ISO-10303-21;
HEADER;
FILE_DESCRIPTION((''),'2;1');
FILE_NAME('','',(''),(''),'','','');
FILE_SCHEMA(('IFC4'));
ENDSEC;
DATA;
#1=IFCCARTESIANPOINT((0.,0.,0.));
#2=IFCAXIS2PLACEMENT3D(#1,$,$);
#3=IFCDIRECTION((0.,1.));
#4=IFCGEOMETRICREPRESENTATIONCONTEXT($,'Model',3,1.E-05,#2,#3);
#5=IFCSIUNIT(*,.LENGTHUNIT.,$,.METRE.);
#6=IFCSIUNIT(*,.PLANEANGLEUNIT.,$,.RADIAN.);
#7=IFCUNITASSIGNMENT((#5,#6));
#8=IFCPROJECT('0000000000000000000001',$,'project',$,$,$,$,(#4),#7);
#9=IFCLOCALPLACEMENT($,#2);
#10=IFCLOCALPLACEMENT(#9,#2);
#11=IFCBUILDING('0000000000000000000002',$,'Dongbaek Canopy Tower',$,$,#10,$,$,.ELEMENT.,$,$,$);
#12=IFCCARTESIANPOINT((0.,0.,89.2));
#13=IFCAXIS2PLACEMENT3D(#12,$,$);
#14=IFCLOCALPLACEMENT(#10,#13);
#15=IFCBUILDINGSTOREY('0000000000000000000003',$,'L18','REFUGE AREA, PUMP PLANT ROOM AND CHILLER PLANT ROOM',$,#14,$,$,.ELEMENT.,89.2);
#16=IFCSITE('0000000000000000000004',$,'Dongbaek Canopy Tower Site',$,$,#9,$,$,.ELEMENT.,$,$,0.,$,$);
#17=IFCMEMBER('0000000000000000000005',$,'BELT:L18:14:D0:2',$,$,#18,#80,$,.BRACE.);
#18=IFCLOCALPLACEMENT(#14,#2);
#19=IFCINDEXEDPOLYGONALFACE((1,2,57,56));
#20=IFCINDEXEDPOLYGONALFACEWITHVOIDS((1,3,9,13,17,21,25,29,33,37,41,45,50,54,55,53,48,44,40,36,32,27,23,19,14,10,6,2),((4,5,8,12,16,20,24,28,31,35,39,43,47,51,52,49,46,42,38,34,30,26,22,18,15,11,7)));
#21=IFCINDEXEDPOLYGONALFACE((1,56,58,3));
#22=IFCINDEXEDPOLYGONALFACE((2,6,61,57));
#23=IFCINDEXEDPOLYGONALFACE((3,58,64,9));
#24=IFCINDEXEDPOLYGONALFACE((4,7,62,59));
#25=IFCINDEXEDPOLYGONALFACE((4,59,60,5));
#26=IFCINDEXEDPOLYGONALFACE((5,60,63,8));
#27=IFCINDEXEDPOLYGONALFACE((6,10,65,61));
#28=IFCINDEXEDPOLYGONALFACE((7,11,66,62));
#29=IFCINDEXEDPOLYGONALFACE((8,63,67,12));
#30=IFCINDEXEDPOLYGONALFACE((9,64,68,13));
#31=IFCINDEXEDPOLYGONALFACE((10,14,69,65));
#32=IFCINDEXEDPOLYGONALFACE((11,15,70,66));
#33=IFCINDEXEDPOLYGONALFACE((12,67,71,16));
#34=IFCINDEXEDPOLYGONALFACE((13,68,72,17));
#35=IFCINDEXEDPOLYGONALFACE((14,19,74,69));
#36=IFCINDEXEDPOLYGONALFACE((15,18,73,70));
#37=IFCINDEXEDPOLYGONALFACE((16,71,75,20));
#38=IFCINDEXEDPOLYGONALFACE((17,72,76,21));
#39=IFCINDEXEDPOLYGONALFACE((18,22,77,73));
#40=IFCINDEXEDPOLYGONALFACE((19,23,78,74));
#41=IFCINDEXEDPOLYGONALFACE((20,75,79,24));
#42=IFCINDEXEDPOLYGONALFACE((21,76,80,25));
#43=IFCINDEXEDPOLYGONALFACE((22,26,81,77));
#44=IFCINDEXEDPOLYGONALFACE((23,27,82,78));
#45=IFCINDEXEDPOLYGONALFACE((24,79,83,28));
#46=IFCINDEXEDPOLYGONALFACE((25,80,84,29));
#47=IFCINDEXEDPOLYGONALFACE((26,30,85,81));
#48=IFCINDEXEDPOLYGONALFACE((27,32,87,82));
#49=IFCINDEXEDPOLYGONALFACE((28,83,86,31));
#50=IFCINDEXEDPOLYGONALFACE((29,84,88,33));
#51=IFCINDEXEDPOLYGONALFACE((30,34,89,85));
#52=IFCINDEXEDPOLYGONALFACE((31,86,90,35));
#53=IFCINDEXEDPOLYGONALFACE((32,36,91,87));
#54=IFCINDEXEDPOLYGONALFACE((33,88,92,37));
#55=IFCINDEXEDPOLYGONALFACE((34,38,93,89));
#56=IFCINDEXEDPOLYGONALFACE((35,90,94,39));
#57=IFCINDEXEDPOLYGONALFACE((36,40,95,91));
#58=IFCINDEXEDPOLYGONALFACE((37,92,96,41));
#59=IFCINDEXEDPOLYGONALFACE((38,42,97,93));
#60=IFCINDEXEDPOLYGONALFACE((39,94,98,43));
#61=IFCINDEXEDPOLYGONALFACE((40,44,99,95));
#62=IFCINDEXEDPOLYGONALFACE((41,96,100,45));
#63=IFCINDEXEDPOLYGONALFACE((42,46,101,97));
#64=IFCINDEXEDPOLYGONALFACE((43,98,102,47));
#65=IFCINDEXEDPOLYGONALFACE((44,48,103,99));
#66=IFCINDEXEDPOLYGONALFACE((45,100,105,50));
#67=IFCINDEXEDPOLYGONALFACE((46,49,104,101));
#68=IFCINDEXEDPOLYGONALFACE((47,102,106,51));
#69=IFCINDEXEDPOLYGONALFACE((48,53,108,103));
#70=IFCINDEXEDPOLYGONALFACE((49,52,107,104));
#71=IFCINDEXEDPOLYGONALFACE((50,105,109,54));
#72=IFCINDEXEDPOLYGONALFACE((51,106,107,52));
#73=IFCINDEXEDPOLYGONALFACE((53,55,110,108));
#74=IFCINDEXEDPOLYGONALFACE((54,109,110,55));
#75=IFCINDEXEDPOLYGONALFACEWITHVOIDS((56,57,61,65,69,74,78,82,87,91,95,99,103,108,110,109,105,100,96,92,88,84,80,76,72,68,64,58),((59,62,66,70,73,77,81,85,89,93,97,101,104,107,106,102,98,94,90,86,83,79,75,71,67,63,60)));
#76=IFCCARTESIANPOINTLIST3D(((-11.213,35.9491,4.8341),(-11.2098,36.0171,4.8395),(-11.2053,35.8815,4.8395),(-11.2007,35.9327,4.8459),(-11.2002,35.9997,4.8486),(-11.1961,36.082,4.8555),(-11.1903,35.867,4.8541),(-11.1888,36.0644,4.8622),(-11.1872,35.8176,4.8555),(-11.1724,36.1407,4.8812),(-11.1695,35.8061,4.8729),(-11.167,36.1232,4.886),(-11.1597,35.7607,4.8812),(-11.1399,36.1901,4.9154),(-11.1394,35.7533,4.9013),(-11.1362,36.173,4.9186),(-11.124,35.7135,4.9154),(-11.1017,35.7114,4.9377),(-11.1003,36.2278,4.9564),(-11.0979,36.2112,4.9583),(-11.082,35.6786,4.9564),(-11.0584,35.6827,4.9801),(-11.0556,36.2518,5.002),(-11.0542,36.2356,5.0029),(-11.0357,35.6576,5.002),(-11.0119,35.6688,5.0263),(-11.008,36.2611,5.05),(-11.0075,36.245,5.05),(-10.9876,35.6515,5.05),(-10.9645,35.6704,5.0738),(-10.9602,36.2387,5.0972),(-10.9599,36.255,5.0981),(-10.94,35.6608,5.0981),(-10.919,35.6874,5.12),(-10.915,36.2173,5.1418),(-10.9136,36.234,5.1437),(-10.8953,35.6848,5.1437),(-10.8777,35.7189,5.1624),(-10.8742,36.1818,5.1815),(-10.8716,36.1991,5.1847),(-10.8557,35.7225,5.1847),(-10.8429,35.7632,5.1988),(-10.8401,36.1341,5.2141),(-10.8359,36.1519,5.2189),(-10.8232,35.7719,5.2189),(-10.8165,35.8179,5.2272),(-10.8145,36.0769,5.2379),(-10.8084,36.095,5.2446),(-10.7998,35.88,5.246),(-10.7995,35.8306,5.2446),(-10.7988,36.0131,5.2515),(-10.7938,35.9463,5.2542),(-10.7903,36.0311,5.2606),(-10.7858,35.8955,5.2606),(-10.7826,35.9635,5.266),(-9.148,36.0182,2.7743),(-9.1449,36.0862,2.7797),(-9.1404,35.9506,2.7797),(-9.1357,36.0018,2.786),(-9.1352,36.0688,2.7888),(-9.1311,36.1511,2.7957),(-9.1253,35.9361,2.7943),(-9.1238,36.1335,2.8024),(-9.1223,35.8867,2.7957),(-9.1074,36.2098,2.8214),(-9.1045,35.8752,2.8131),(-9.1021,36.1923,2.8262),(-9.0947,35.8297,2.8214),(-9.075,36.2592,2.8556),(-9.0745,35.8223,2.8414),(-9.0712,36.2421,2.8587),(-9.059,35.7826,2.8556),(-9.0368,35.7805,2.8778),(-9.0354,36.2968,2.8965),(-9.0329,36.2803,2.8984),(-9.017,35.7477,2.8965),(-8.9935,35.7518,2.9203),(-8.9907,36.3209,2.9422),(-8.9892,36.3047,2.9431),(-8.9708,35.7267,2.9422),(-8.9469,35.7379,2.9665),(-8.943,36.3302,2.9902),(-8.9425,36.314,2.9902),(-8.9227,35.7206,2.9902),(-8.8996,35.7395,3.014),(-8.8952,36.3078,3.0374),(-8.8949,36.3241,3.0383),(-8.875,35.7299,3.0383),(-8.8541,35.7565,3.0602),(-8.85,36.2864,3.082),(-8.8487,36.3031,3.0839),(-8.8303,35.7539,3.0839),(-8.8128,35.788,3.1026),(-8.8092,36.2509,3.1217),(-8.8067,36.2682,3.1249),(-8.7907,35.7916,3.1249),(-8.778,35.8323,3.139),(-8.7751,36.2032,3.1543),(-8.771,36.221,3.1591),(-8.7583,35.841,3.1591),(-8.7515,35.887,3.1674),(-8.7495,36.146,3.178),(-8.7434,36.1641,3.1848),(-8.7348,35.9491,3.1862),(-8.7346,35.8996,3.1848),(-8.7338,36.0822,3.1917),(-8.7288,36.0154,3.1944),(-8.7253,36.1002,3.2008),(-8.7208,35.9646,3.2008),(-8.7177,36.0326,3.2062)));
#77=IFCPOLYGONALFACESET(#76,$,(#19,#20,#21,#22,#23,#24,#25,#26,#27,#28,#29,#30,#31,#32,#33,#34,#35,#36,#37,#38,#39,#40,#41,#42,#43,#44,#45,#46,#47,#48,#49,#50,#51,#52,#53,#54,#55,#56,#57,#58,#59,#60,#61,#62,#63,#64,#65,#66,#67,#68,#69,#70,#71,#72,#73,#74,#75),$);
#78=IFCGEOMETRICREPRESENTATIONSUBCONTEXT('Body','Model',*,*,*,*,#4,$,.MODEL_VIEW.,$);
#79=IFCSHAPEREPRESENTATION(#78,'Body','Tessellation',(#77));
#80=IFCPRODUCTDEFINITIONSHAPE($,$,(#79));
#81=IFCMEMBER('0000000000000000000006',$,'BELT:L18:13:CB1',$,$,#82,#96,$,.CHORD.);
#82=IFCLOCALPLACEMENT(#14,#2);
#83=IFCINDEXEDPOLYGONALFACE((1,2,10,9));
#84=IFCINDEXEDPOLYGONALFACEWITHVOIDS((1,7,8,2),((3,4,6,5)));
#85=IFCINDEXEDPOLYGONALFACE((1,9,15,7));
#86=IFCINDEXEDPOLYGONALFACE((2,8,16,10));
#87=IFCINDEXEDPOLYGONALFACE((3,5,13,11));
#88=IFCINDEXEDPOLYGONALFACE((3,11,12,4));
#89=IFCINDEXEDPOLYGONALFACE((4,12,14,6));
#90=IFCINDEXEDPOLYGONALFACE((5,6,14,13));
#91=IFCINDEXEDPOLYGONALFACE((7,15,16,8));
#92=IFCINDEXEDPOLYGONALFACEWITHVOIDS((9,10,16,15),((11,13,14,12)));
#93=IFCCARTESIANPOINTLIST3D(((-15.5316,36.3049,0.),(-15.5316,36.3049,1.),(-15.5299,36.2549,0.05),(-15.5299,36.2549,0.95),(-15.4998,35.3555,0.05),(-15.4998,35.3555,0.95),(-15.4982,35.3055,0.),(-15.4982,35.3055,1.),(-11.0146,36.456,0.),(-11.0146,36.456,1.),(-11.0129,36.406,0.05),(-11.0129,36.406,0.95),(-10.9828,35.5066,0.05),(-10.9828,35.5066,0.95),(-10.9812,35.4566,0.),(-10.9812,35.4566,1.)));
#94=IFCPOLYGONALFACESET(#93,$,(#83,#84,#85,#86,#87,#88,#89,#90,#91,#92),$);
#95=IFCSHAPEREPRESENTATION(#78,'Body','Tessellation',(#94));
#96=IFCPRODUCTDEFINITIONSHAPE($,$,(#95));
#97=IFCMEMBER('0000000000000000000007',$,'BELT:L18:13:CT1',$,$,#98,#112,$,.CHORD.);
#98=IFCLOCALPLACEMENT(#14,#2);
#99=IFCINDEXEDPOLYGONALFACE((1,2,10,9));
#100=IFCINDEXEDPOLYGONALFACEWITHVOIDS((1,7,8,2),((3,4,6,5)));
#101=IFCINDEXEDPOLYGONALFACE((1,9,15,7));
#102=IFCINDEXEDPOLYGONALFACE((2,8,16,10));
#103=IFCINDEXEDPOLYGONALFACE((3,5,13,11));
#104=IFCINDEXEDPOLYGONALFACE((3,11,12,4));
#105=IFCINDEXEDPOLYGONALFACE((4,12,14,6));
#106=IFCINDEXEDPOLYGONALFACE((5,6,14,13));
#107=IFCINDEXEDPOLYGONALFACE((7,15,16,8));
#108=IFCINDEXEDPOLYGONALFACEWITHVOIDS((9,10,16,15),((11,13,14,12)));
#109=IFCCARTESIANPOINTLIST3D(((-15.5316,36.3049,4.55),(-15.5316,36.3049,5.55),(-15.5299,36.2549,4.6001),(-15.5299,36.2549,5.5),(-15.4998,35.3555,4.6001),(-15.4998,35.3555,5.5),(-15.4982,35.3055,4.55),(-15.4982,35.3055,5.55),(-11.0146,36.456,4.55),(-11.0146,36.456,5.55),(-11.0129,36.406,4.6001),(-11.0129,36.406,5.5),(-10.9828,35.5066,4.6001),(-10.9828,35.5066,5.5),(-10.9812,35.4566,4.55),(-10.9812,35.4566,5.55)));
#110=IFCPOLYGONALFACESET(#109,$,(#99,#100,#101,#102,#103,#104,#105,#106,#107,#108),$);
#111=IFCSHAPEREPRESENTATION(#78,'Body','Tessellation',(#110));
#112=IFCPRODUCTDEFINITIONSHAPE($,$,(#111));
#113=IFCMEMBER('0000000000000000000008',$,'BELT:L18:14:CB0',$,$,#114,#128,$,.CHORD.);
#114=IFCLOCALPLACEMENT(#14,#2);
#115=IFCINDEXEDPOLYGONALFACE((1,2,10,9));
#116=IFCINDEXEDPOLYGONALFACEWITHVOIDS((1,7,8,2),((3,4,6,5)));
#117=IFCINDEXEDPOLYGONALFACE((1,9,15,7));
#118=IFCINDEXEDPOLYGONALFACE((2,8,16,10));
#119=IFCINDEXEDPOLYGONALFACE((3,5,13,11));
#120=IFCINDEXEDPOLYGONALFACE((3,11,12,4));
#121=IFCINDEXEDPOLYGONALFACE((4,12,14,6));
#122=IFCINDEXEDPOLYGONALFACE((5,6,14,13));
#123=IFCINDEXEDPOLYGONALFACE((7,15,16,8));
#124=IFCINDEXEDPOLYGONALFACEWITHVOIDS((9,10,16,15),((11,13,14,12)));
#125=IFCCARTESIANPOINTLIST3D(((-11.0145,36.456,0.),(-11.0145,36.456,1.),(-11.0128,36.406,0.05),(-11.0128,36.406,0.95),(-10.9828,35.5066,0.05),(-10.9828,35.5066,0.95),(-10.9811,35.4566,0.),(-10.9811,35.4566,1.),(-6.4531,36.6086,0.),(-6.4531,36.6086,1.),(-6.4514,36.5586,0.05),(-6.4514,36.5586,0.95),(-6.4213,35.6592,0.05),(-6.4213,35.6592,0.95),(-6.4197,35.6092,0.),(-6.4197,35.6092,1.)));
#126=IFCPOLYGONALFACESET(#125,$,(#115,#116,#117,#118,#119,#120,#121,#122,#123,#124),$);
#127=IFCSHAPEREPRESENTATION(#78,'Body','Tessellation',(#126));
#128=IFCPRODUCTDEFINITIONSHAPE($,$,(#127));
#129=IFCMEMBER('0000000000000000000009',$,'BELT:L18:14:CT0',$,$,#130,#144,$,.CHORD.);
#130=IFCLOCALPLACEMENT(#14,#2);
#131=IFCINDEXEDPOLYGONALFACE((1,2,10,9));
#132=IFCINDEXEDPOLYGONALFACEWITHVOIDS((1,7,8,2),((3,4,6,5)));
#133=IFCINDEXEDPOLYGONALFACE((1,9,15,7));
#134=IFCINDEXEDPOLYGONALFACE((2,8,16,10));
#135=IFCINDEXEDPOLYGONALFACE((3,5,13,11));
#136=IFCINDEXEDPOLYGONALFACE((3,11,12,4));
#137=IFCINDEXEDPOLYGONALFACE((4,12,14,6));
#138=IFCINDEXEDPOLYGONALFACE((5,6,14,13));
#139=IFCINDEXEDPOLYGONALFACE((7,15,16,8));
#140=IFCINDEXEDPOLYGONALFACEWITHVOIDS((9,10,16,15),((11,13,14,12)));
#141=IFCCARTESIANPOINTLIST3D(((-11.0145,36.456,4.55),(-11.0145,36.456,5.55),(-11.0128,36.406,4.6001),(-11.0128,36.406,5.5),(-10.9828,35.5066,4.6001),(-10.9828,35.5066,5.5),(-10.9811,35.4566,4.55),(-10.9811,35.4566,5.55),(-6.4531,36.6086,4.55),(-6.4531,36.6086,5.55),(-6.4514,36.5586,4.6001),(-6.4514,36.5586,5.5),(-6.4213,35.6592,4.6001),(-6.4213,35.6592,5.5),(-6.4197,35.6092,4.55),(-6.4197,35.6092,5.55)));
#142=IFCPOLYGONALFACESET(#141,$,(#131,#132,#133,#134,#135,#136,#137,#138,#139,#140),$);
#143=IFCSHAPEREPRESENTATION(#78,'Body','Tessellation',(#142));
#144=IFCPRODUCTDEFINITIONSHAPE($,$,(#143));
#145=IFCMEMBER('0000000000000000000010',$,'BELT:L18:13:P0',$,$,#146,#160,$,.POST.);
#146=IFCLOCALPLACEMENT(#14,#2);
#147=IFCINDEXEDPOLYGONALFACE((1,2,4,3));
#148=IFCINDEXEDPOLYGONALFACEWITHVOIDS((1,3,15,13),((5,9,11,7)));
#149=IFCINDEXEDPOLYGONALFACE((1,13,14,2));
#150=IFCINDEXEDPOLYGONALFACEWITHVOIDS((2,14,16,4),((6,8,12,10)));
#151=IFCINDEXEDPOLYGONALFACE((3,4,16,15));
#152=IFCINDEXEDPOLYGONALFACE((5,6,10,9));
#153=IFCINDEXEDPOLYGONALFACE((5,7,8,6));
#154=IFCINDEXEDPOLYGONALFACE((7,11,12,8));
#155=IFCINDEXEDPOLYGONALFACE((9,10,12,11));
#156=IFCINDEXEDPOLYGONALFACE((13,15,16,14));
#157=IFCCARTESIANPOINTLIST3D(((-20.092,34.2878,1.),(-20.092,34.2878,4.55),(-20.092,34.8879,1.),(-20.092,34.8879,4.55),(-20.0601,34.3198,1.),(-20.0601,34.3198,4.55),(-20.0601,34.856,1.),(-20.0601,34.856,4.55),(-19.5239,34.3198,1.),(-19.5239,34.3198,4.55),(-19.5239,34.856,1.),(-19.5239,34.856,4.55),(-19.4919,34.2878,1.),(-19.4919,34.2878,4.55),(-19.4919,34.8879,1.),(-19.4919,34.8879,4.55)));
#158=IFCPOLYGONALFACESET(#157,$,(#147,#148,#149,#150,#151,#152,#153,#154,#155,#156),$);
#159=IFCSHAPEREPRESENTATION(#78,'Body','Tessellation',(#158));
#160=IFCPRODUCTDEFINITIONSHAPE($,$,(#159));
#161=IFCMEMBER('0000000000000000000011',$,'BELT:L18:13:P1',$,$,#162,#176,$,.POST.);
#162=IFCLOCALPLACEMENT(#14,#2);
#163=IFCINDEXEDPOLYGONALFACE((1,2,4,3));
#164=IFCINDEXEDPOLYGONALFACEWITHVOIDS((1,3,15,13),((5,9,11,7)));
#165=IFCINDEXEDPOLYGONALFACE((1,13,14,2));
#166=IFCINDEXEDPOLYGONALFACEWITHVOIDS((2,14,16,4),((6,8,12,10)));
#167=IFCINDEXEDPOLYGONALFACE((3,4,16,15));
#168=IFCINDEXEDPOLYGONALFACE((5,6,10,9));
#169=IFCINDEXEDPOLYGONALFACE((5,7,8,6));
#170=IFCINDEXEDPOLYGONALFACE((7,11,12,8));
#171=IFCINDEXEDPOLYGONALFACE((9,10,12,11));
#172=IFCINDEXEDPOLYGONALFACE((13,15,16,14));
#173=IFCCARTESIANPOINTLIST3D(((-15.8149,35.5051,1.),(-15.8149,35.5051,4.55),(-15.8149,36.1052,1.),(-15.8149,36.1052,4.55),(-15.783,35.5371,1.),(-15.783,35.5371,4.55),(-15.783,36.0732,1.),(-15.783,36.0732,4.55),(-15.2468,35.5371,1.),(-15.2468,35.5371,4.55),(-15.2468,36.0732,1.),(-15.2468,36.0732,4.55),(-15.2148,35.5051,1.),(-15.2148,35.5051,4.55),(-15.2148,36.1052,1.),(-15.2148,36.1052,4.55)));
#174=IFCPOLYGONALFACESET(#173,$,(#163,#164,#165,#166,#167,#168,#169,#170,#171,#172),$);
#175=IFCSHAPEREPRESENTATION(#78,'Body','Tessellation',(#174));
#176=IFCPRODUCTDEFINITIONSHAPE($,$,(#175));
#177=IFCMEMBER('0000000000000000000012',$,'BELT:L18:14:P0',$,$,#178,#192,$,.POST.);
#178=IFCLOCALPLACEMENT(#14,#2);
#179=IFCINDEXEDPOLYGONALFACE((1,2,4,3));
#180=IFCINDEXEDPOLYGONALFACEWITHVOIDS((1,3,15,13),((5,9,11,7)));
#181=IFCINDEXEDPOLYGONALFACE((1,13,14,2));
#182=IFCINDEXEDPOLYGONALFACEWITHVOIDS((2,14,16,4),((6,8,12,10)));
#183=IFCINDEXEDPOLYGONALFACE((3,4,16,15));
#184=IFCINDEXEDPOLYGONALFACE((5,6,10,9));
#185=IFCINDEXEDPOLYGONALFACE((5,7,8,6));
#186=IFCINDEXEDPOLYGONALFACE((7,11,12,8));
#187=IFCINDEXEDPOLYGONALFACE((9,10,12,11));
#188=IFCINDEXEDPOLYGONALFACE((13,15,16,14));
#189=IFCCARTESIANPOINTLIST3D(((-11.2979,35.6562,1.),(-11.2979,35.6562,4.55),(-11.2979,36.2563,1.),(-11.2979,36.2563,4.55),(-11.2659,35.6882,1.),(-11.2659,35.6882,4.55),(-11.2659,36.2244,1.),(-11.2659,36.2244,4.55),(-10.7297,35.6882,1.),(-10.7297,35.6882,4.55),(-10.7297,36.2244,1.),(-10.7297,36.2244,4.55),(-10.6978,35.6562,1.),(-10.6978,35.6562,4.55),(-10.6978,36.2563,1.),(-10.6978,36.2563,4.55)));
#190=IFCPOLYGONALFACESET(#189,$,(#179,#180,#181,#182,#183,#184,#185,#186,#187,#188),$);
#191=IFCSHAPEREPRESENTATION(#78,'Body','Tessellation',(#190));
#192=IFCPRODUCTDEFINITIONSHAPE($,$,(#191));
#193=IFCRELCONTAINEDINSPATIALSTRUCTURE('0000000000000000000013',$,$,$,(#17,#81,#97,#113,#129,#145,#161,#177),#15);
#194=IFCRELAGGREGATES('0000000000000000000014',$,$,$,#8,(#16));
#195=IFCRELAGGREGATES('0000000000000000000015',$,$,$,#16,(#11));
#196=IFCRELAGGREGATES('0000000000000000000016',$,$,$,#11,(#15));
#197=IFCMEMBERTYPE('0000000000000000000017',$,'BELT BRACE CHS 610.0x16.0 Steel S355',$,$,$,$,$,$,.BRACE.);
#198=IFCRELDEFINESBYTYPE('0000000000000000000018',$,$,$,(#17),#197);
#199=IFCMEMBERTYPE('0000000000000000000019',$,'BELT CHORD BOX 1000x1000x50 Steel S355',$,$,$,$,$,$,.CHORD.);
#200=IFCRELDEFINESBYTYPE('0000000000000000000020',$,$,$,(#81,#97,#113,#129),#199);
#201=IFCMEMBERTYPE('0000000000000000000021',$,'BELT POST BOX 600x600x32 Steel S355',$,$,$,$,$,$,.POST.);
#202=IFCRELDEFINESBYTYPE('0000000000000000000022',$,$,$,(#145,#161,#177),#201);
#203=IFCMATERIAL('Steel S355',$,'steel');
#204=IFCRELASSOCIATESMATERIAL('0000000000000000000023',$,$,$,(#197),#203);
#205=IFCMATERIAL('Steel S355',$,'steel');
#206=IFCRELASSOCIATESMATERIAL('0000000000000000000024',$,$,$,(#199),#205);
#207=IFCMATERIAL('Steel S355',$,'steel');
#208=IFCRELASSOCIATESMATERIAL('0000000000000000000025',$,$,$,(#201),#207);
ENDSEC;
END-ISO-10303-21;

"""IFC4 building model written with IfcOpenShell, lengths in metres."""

from ifc_helpers import new_model, si_unit, direction, frame, origin, origin_2d, place, context, subcontext, project, spatial, hollow_rectangle, hollow_circle, extrude, material, material_profile, profile_set, type_object, element, save


model = new_model("IFC4")

# Units and contexts
model_context = context("Model", 3, precision=1e-05, world=origin(), true_north=direction((0.0, 1.0)))
body_context = subcontext(model_context, "Body", "Model", "MODEL_VIEW")
ifc_project = project(units=[si_unit("LENGTHUNIT", "METRE"), si_unit("PLANEANGLEUNIT", "RADIAN")], contexts=[model_context])

# Site, building, storey
site_placement = place(None, origin())
site = spatial("IfcSite", under=ifc_project, at=site_placement, Name="Dongbaek Canopy Tower Site", CompositionType="ELEMENT", RefElevation=0.0)
building_placement = place(site_placement, origin())
building = spatial("IfcBuilding", under=site, at=building_placement, Name="Dongbaek Canopy Tower", CompositionType="ELEMENT")
storey_placement = place(building_placement, frame((0.0, 0.0, 89.2)))
storey = spatial("IfcBuildingStorey", under=building, at=storey_placement, Name="L18", Description="REFUGE AREA, PUMP PLANT ROOM AND CHILLER PLANT ROOM", CompositionType="ELEMENT", Elevation=89.2)

# Members
ifc_material_1 = material(Name="Steel S355", Category="steel")
ifc_material_profile_1 = material_profile(ifc_material_1, hollow_circle(Radius=0.3049, WallThickness=0.0161, at=origin_2d()), Name="BELT BRACE CHS 610.0x16.0 Steel S355")
ifc_profile_set_1 = profile_set([ifc_material_profile_1], Name="Steel S355")
member_type_1 = type_object("IfcMemberType", Name="BELT BRACE CHS 610.0x16.0 Steel S355", PredefinedType="BRACE", material=ifc_profile_set_1)
member_1_placement = place(storey_placement, frame((-10.9978, 35.9563, 5.05), z_axis=(0.707787, 0.023682, -0.706029), x_axis=(-0.033441, 0.999441, 0.0)))
element("IfcMember", 1, at=member_1_placement, inside=storey, type_object=member_type_1, Name="BELT:L18:14:D0:2", PredefinedType="BRACE", context=body_context, shape_type="SweptSolid", body=[
    extrude(hollow_circle(Radius=0.3049, WallThickness=0.0161, at=origin_2d()), origin(), (0.0, 0.0, 1.0), 2.9175),
])
ifc_material_2 = material(Name="Steel S355", Category="steel")
ifc_material_profile_2 = material_profile(ifc_material_2, hollow_rectangle(XDim=1.0, YDim=1.0, WallThickness=0.05, at=origin_2d()), Name="BELT CHORD BOX 1000x1000x50 Steel S355")
ifc_profile_set_2 = profile_set([ifc_material_profile_2], Name="Steel S355")
member_type_2 = type_object("IfcMemberType", Name="BELT CHORD BOX 1000x1000x50 Steel S355", PredefinedType="CHORD", material=ifc_profile_set_2)
for number, where, z_axis, x_axis, name in (
    (2, (-15.5149, 35.8052, 0.5), (0.999441, 0.033437, 0.0), (-0.033437, 0.999441, 0.0), "BELT:L18:13:CB1"),
    (3, (-15.5149, 35.8052, 5.05), (0.999441, 0.033437, 0.0), (-0.033437, 0.999441, 0.0), "BELT:L18:13:CT1"),
):
    element("IfcMember", number, at=place(storey_placement, frame(where, z_axis=z_axis, x_axis=x_axis)), inside=storey, type_object=member_type_2, Name=name, PredefinedType="CHORD", context=body_context, shape_type="SweptSolid", body=[
        extrude(hollow_rectangle(XDim=1.0, YDim=1.0, WallThickness=0.05, at=origin_2d()), origin(), (0.0, 0.0, 1.0), 4.5195),
    ])
for number, where, z_axis, x_axis, name in (
    (4, (-10.9978, 35.9563, 0.5), (0.999441, 0.033432, 0.0), (-0.033432, 0.999441, 0.0), "BELT:L18:14:CB0"),
    (5, (-10.9978, 35.9563, 5.05), (0.999441, 0.033432, 0.0), (-0.033432, 0.999441, 0.0), "BELT:L18:14:CT0"),
):
    element("IfcMember", number, at=place(storey_placement, frame(where, z_axis=z_axis, x_axis=x_axis)), inside=storey, type_object=member_type_2, Name=name, PredefinedType="CHORD", context=body_context, shape_type="SweptSolid", body=[
        extrude(hollow_rectangle(XDim=1.0, YDim=1.0, WallThickness=0.05, at=origin_2d()), origin(), (0.0, 0.0, 1.0), 4.564),
    ])
ifc_material_3 = material(Name="Steel S355", Category="steel")
ifc_material_profile_3 = material_profile(ifc_material_3, hollow_rectangle(XDim=0.6001, YDim=0.6001, WallThickness=0.032, at=origin_2d()), Name="BELT POST BOX 600x600x32 Steel S355")
ifc_profile_set_3 = profile_set([ifc_material_profile_3], Name="Steel S355")
member_type_3 = type_object("IfcMemberType", Name="BELT POST BOX 600x600x32 Steel S355", PredefinedType="POST", material=ifc_profile_set_3)
for number, where, z_axis, x_axis, name in (
    (6, (-19.792, 34.5879, 1.0), (0.0, 0.0, 1.0), (1.0, 0.0, 0.0), "BELT:L18:13:P0"),
    (7, (-15.5149, 35.8052, 1.0), (0.0, 0.0, 1.0), (1.0, 0.0, 0.0), "BELT:L18:13:P1"),
    (8, (-10.9978, 35.9563, 1.0), (0.0, 0.0, 1.0), (1.0, 0.0, 0.0), "BELT:L18:14:P0"),
):
    element("IfcMember", number, at=place(storey_placement, frame(where, z_axis=z_axis, x_axis=x_axis)), inside=storey, type_object=member_type_3, Name=name, PredefinedType="POST", context=body_context, shape_type="SweptSolid", body=[
        extrude(hollow_rectangle(XDim=0.6001, YDim=0.6001, WallThickness=0.032, at=origin_2d()), origin(), (0.0, 0.0, 1.0), 3.55),
    ])

save(model, "model.ifc")
